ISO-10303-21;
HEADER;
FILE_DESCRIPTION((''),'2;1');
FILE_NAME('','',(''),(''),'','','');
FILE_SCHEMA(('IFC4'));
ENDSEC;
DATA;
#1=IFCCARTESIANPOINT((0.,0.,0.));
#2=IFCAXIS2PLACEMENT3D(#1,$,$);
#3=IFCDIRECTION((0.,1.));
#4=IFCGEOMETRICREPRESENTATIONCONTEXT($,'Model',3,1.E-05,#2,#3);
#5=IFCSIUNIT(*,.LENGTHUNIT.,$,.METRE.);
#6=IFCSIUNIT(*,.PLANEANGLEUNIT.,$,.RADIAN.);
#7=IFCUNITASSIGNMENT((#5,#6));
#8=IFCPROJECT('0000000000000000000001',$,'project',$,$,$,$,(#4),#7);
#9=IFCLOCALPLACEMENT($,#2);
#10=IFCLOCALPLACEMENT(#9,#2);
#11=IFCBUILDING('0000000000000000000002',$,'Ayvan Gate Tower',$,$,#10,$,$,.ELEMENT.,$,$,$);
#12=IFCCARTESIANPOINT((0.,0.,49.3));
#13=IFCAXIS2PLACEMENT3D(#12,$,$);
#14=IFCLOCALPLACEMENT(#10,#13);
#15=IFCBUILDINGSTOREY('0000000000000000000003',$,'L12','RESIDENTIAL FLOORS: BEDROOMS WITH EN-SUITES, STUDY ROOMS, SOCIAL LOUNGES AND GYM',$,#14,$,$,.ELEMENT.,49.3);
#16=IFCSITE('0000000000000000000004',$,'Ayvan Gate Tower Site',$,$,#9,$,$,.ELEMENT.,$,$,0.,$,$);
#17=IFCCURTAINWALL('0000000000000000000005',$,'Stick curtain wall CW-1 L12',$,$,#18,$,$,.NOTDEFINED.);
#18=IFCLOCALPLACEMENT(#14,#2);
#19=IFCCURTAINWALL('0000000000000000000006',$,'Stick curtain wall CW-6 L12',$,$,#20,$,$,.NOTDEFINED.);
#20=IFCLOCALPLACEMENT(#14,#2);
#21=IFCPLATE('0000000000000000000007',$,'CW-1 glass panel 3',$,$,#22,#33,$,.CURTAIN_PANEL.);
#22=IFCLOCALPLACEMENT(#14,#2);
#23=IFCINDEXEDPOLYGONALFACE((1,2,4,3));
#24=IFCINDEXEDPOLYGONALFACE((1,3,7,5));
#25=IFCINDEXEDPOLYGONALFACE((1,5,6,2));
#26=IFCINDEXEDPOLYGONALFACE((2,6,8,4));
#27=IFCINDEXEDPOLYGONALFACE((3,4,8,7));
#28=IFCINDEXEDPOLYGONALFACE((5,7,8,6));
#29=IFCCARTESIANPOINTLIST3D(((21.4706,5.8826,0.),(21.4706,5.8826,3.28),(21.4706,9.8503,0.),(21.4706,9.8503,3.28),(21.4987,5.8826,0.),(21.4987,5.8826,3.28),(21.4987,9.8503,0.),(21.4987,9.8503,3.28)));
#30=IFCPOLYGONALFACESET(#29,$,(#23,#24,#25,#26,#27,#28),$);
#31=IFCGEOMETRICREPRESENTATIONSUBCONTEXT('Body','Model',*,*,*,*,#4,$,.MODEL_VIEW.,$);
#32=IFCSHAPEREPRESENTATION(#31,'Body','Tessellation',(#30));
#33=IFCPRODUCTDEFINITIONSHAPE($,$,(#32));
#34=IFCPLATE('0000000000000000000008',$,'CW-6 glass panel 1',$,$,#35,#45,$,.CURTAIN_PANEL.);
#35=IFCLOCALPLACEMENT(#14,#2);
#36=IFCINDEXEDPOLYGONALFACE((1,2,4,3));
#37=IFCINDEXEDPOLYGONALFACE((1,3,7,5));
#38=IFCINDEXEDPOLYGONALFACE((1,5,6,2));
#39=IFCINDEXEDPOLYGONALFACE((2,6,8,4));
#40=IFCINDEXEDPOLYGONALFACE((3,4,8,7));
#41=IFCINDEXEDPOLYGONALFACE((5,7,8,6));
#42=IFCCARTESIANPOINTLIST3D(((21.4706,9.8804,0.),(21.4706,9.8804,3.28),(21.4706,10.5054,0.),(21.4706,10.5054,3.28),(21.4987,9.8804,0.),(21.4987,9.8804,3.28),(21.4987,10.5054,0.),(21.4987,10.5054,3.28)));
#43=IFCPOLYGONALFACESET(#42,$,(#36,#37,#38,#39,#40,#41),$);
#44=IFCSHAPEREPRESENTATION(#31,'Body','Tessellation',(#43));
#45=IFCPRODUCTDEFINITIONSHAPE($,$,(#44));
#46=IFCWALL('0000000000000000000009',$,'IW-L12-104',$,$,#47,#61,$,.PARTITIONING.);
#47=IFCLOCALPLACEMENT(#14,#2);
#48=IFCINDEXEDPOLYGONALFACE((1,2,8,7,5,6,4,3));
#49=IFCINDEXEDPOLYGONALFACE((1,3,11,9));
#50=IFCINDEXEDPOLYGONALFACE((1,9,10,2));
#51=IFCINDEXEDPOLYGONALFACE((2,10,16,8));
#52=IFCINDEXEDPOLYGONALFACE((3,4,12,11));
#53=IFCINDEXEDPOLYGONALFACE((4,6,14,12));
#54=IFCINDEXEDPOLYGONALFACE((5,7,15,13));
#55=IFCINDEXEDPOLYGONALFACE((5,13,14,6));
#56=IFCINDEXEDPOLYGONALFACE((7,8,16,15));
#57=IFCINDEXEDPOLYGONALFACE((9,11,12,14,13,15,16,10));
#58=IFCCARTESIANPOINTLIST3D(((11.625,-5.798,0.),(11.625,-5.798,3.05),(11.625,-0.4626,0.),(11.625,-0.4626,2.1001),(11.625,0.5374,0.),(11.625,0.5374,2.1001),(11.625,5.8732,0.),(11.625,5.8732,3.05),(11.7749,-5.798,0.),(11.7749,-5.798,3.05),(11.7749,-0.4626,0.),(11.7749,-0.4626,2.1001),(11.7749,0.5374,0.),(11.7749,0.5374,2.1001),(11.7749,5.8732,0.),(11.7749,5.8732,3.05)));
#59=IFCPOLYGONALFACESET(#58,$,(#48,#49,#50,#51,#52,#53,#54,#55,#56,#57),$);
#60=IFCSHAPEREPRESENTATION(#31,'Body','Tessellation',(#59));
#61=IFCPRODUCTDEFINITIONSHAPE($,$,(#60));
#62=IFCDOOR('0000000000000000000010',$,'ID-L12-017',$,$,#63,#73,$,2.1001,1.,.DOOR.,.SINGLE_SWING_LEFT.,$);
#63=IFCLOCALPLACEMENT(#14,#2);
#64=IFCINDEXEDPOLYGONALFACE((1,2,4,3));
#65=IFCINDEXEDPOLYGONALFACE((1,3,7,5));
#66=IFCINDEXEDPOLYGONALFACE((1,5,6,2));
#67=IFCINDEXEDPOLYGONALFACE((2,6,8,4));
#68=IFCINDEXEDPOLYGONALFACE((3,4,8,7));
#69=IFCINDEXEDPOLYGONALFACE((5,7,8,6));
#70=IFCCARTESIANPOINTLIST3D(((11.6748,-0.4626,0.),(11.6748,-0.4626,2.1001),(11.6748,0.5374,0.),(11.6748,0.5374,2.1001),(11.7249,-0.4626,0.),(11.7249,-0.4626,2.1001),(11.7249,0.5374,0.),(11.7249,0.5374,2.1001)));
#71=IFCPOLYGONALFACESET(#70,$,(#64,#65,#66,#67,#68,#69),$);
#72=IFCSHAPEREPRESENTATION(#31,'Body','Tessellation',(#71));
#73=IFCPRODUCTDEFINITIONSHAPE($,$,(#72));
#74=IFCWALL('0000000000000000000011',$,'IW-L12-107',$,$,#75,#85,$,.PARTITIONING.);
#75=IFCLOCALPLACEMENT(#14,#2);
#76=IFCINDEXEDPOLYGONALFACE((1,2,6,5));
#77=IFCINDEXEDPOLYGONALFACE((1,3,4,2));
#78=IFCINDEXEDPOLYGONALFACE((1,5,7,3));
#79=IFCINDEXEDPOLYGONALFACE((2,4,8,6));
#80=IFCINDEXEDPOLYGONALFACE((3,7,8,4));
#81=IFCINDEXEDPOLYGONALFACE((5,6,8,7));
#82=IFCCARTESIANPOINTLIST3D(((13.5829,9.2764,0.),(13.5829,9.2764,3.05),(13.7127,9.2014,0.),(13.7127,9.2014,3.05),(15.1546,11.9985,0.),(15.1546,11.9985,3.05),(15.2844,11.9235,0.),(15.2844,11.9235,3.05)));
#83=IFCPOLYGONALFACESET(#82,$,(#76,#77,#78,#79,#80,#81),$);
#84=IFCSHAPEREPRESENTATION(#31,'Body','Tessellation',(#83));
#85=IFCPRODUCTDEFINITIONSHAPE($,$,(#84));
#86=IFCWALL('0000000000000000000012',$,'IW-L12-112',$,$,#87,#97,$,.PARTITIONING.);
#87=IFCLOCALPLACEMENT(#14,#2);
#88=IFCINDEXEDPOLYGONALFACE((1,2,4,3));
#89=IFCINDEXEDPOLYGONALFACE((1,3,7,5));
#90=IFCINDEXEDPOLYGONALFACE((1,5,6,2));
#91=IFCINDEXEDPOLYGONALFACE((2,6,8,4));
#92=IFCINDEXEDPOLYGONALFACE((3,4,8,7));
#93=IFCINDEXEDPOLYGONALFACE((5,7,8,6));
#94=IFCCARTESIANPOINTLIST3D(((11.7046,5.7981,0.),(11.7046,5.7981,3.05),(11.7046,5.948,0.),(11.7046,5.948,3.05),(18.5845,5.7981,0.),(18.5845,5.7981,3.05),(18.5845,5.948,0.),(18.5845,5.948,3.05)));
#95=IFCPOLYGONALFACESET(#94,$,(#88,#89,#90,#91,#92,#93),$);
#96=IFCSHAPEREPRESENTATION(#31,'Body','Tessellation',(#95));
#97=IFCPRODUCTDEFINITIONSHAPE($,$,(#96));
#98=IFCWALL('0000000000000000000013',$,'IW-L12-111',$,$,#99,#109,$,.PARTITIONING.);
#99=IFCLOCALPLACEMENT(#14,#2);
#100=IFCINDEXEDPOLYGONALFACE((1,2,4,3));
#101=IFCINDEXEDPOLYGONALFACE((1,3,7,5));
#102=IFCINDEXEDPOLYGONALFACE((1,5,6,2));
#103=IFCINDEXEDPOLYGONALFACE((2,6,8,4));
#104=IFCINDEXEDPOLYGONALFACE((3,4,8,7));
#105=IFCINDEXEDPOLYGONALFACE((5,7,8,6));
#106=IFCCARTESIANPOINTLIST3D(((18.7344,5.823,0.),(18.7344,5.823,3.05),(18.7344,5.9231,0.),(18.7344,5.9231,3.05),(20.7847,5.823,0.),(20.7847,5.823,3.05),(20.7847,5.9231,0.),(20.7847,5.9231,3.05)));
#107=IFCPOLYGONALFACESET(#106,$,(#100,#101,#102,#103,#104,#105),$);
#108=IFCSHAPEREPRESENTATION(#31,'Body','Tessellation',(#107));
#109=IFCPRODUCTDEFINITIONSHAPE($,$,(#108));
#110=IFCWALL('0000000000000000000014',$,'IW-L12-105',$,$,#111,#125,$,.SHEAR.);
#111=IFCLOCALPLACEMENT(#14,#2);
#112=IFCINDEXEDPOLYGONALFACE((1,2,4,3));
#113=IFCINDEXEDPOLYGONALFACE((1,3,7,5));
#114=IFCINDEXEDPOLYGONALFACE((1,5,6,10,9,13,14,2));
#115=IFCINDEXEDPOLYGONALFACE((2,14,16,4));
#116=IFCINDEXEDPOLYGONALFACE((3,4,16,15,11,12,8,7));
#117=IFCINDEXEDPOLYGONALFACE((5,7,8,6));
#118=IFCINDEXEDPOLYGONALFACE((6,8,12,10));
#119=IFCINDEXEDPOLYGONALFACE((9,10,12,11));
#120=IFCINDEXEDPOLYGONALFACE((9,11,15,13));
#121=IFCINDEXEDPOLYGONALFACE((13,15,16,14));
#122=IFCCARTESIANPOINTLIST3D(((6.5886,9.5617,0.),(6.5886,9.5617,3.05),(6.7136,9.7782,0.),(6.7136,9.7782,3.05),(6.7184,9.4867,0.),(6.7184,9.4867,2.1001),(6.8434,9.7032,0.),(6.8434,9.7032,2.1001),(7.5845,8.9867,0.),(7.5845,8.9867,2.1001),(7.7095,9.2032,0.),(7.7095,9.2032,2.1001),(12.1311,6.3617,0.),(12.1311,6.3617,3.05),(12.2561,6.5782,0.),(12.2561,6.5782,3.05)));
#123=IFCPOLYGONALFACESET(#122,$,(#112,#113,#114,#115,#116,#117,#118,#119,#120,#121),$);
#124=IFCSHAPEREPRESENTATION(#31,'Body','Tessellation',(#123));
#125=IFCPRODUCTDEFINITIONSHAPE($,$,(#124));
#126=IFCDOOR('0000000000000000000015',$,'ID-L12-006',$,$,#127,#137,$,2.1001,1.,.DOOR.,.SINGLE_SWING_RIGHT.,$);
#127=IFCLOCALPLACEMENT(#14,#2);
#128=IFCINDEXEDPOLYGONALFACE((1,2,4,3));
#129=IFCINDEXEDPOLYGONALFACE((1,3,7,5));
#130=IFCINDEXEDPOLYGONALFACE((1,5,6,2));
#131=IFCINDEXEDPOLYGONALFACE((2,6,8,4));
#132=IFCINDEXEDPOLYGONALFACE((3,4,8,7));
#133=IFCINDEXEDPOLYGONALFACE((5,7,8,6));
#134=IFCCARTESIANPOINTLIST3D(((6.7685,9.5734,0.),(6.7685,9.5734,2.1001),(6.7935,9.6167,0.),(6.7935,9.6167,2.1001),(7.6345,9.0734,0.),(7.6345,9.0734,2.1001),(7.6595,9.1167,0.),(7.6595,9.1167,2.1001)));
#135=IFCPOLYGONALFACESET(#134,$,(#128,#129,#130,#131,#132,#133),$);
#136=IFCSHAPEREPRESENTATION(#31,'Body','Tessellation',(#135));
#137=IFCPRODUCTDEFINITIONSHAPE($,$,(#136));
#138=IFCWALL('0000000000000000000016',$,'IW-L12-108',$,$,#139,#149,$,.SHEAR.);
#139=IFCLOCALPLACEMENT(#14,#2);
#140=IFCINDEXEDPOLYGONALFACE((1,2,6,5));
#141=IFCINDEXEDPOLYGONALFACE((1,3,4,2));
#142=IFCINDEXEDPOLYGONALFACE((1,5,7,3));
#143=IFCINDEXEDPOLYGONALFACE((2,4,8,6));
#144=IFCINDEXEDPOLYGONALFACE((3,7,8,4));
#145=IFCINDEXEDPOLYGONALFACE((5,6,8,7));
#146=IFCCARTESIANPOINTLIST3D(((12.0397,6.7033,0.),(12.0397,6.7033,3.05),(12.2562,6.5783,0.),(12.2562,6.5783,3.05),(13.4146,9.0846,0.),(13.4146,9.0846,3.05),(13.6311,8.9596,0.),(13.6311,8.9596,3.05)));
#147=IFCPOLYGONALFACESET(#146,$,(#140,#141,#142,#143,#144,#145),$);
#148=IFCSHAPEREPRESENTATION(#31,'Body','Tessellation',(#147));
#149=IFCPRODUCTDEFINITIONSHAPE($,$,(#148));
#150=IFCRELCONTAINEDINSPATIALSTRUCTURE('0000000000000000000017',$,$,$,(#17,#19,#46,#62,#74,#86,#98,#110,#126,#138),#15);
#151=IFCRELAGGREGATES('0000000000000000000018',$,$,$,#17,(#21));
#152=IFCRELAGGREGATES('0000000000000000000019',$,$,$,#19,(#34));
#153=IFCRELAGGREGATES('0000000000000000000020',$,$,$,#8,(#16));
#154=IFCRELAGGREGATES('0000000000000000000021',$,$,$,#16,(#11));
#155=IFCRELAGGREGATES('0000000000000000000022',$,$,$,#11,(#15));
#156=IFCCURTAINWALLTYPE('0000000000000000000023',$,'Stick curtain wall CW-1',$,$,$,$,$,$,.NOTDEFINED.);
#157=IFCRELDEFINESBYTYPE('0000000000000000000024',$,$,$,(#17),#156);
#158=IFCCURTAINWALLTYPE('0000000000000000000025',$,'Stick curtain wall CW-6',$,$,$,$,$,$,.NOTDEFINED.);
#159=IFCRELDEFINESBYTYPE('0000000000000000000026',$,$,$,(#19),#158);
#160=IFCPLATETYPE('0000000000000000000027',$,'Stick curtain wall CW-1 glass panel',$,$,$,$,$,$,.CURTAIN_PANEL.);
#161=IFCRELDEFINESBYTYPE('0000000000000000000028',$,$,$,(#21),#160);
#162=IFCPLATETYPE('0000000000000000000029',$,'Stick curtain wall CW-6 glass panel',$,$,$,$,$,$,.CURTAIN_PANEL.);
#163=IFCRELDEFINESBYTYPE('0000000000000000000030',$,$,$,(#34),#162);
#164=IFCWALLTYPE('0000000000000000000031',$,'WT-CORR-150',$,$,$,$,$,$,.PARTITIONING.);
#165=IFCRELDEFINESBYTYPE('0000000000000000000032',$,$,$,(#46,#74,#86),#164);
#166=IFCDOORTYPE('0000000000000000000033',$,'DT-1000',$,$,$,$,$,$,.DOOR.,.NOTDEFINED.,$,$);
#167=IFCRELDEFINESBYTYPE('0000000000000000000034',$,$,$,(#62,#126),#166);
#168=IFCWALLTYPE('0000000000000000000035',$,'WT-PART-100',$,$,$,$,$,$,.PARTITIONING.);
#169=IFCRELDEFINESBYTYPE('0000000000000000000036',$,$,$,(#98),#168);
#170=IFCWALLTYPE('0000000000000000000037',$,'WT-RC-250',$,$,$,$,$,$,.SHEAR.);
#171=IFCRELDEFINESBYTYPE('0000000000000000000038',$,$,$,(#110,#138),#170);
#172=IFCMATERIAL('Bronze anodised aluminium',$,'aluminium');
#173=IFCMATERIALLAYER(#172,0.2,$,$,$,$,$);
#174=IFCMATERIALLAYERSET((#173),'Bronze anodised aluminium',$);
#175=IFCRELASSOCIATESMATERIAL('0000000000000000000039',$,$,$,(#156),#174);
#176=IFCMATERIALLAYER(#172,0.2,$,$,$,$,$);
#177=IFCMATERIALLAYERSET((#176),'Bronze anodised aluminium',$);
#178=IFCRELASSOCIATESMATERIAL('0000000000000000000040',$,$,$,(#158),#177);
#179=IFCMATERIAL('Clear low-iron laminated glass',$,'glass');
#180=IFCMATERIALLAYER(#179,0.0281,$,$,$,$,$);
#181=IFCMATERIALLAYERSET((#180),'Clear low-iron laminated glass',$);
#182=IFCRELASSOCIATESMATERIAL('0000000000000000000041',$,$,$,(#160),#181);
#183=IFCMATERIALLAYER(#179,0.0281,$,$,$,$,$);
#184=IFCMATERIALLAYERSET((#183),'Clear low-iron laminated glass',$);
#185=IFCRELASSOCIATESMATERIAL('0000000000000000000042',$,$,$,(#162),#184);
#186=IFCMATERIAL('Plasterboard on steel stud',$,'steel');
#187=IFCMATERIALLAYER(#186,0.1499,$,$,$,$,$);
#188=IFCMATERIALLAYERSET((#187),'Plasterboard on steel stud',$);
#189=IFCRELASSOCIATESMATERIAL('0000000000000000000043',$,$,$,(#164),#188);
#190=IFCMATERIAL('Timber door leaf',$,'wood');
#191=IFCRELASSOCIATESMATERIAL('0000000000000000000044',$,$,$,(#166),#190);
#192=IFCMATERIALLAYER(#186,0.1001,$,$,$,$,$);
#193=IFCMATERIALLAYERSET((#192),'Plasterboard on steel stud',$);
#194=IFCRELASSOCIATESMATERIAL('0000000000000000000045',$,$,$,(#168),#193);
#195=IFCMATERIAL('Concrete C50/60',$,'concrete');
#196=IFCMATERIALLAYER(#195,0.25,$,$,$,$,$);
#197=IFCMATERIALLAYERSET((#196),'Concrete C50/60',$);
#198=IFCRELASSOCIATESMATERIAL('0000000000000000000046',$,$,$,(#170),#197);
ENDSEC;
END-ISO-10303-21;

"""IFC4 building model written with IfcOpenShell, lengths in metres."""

from ifc_helpers import new_model, si_unit, direction, frame, frame_2d, origin, origin_2d, place, context, subcontext, project, spatial, rectangle, extrude, material, layer, layer_set, type_object, element, fill, aggregate, save


model = new_model("IFC4")

# Units and contexts
model_context = context("Model", 3, precision=1e-05, world=origin(), true_north=direction((0.0, 1.0)))
body_context = subcontext(model_context, "Body", "Model", "MODEL_VIEW")
ifc_project = project(units=[si_unit("LENGTHUNIT", "METRE"), si_unit("PLANEANGLEUNIT", "RADIAN")], contexts=[model_context])

# Site, building, storey
site_placement = place(None, origin())
site = spatial("IfcSite", under=ifc_project, at=site_placement, Name="Ayvan Gate Tower Site", CompositionType="ELEMENT", RefElevation=0.0)
building_placement = place(site_placement, origin())
building = spatial("IfcBuilding", under=site, at=building_placement, Name="Ayvan Gate Tower", CompositionType="ELEMENT")
storey_placement = place(building_placement, frame((0.0, 0.0, 49.3)))
storey = spatial("IfcBuildingStorey", under=building, at=storey_placement, Name="L12", Description="RESIDENTIAL FLOORS: BEDROOMS WITH EN-SUITES, STUDY ROOMS, SOCIAL LOUNGES AND GYM", CompositionType="ELEMENT", Elevation=49.3)

# Curtain walls
ifc_material_1 = material(Name="Bronze anodised aluminium", Category="aluminium")
ifc_layer_1 = layer(ifc_material_1, 0.2)
ifc_layer_set_1 = layer_set([ifc_layer_1], Name="Bronze anodised aluminium")
curtain_wall_type_1 = type_object("IfcCurtainWallType", Name="Stick curtain wall CW-1", PredefinedType="NOTDEFINED", material=ifc_layer_set_1)
curtain_wall_1_placement = place(storey_placement, origin())
curtain_wall_1 = element("IfcCurtainWall", 1, at=curtain_wall_1_placement, inside=storey, type_object=curtain_wall_type_1, Name="Stick curtain wall CW-1 L12", PredefinedType="NOTDEFINED")
ifc_layer_2 = layer(ifc_material_1, 0.2)
ifc_layer_set_2 = layer_set([ifc_layer_2], Name="Bronze anodised aluminium")
curtain_wall_type_2 = type_object("IfcCurtainWallType", Name="Stick curtain wall CW-6", PredefinedType="NOTDEFINED", material=ifc_layer_set_2)
curtain_wall_2_placement = place(storey_placement, origin())
curtain_wall_2 = element("IfcCurtainWall", 2, at=curtain_wall_2_placement, inside=storey, type_object=curtain_wall_type_2, Name="Stick curtain wall CW-6 L12", PredefinedType="NOTDEFINED")

# Plates
ifc_material_2 = material(Name="Clear low-iron laminated glass", Category="glass")
ifc_layer_3 = layer(ifc_material_2, 0.0281)
ifc_layer_set_3 = layer_set([ifc_layer_3], Name="Clear low-iron laminated glass")
plate_type_1 = type_object("IfcPlateType", Name="Stick curtain wall CW-1 glass panel", PredefinedType="CURTAIN_PANEL", material=ifc_layer_set_3)
plate_1_placement = place(storey_placement, frame((21.4846, 7.8665, 0.0), z_axis=(0.0, 0.0, 1.0), x_axis=(0.0, 1.0, 0.0)))
plate_1 = element("IfcPlate", 3, at=plate_1_placement, type_object=plate_type_1, Name="CW-1 glass panel 3", PredefinedType="CURTAIN_PANEL", context=body_context, shape_type="SweptSolid", body=[
    extrude(rectangle(XDim=3.9678, YDim=0.0281, at=origin_2d()), origin(), (0.0, 0.0, 1.0), 3.28),
])
aggregate(curtain_wall_1, [plate_1])
ifc_layer_4 = layer(ifc_material_2, 0.0281)
ifc_layer_set_4 = layer_set([ifc_layer_4], Name="Clear low-iron laminated glass")
plate_type_2 = type_object("IfcPlateType", Name="Stick curtain wall CW-6 glass panel", PredefinedType="CURTAIN_PANEL", material=ifc_layer_set_4)
plate_2_placement = place(storey_placement, frame((21.4846, 10.1929, 0.0), z_axis=(0.0, 0.0, 1.0), x_axis=(0.0, 1.0, 0.0)))
plate_2 = element("IfcPlate", 4, at=plate_2_placement, type_object=plate_type_2, Name="CW-6 glass panel 1", PredefinedType="CURTAIN_PANEL", context=body_context, shape_type="SweptSolid", body=[
    extrude(rectangle(XDim=0.625, YDim=0.0281, at=origin_2d()), origin(), (0.0, 0.0, 1.0), 3.28),
])
aggregate(curtain_wall_2, [plate_2])

# Wall, opening, door
ifc_material_3 = material(Name="Plasterboard on steel stud", Category="steel")
ifc_layer_5 = layer(ifc_material_3, 0.1499)
ifc_layer_set_5 = layer_set([ifc_layer_5], Name="Plasterboard on steel stud")
wall_type_1 = type_object("IfcWallType", Name="WT-CORR-150", PredefinedType="PARTITIONING", material=ifc_layer_set_5)
wall_1_placement = place(storey_placement, frame((11.7, 5.873, 0.0), z_axis=(0.0, 0.0, 1.0), x_axis=(0.0, -1.0, 0.0)))
wall_1 = element("IfcWall", 5, at=wall_1_placement, inside=storey, type_object=wall_type_1, Name="IW-L12-104", PredefinedType="PARTITIONING", context=body_context, shape_type="SweptSolid", body=[
    extrude(rectangle(XDim=11.6711, YDim=0.1499, at=frame_2d((5.8354, 0.0))), origin(), (0.0, 0.0, 1.0), 3.05),
])
opening_1_placement = place(wall_1_placement, frame((5.3357, 0.0, 0.0)))
opening_1 = element("IfcOpeningElement", 6, at=opening_1_placement, cuts=wall_1, PredefinedType="OPENING", context=body_context, shape_type="SweptSolid", body=[
    extrude(rectangle(XDim=1.0, YDim=2.1001, at=frame_2d((0.5, 1.05))), frame((0.0, 0.085, 0.0), z_axis=(0.0, -1.0, 0.0), x_axis=(1.0, 0.0, 0.0)), (0.0, 0.0, 1.0), 0.1699),
])
ifc_material_4 = material(Name="Timber door leaf", Category="wood")
door_type = type_object("IfcDoorType", Name="DT-1000", OperationType="NOTDEFINED", PredefinedType="DOOR", material=ifc_material_4)
door_1_placement = place(opening_1_placement, origin())
door_1 = element("IfcDoor", 7, at=door_1_placement, inside=storey, type_object=door_type, Name="ID-L12-017", OperationType="SINGLE_SWING_LEFT", OverallHeight=2.1001, OverallWidth=1.0, PredefinedType="DOOR", context=body_context, shape_type="SweptSolid", body=[
    extrude(rectangle(XDim=1.0, YDim=2.1001, at=frame_2d((0.5, 1.05))), frame((0.0, 0.0249, 0.0), z_axis=(0.0, -1.0, 0.0), x_axis=(1.0, 0.0, 0.0)), (0.0, 0.0, 1.0), 0.05),
])
fill(opening_1, door_1)

# Walls
wall_2_placement = place(storey_placement, frame((13.6477, 9.2388, 0.0), z_axis=(0.0, 0.0, 1.0), x_axis=(0.500032, 0.866007, 0.0)))
element("IfcWall", 8, at=wall_2_placement, inside=storey, type_object=wall_type_1, Name="IW-L12-107", PredefinedType="PARTITIONING", context=body_context, shape_type="SweptSolid", body=[
    extrude(rectangle(XDim=3.1433, YDim=0.1499, at=frame_2d((1.5718, 0.0))), origin(), (0.0, 0.0, 1.0), 3.05),
])
wall_3_placement = place(storey_placement, frame((18.5845, 5.873, 0.0), z_axis=(0.0, 0.0, 1.0), x_axis=(-1.0, 0.0, 0.0)))
element("IfcWall", 9, at=wall_3_placement, inside=storey, type_object=wall_type_1, Name="IW-L12-112", PredefinedType="PARTITIONING", context=body_context, shape_type="SweptSolid", body=[
    extrude(rectangle(XDim=6.8799, YDim=0.1499, at=frame_2d((3.4399, 0.0))), origin(), (0.0, 0.0, 1.0), 3.05),
])
ifc_layer_6 = layer(ifc_material_3, 0.1001)
ifc_layer_set_6 = layer_set([ifc_layer_6], Name="Plasterboard on steel stud")
wall_type_2 = type_object("IfcWallType", Name="WT-PART-100", PredefinedType="PARTITIONING", material=ifc_layer_set_6)
wall_4_placement = place(storey_placement, frame((18.7344, 5.873, 0.0), z_axis=(0.0, 0.0, 1.0), x_axis=(1.0, 0.0, 0.0)))
element("IfcWall", 10, at=wall_4_placement, inside=storey, type_object=wall_type_2, Name="IW-L12-111", PredefinedType="PARTITIONING", context=body_context, shape_type="SweptSolid", body=[
    extrude(rectangle(XDim=2.0503, YDim=0.1001, at=frame_2d((1.0251, 0.0))), origin(), (0.0, 0.0, 1.0), 3.05),
])

# Wall, opening, door
ifc_material_5 = material(Name="Concrete C50/60", Category="concrete")
ifc_layer_7 = layer(ifc_material_5, 0.25)
ifc_layer_set_7 = layer_set([ifc_layer_7], Name="Concrete C50/60")
wall_type_3 = type_object("IfcWallType", Name="WT-RC-250", PredefinedType="SHEAR", material=ifc_layer_set_7)
wall_5_placement = place(storey_placement, frame((12.1936, 6.47, 0.0), z_axis=(0.0, 0.0, 1.0), x_axis=(-0.866025, 0.5, 0.0)))
wall_5 = element("IfcWall", 11, at=wall_5_placement, inside=storey, type_object=wall_type_3, Name="IW-L12-105", PredefinedType="SHEAR", context=body_context, shape_type="SweptSolid", body=[
    extrude(rectangle(XDim=6.3999, YDim=0.25, at=frame_2d((3.2, 0.0))), origin(), (0.0, 0.0, 1.0), 3.05),
])
opening_2_placement = place(wall_5_placement, frame((5.25, 0.0, 0.0)))
opening_2 = element("IfcOpeningElement", 12, at=opening_2_placement, cuts=wall_5, PredefinedType="OPENING", context=body_context, shape_type="SweptSolid", body=[
    extrude(rectangle(XDim=1.0, YDim=2.1001, at=frame_2d((0.5, 1.05))), frame((0.0, 0.135, 0.0), z_axis=(0.0, -1.0, 0.0), x_axis=(1.0, 0.0, 0.0)), (0.0, 0.0, 1.0), 0.27),
])
door_2_placement = place(opening_2_placement, origin())
door_2 = element("IfcDoor", 13, at=door_2_placement, inside=storey, type_object=door_type, Name="ID-L12-006", OperationType="SINGLE_SWING_RIGHT", OverallHeight=2.1001, OverallWidth=1.0, PredefinedType="DOOR", context=body_context, shape_type="SweptSolid", body=[
    extrude(rectangle(XDim=1.0, YDim=2.1001, at=frame_2d((0.5, 1.05))), frame((0.0, 0.0249, 0.0), z_axis=(0.0, -1.0, 0.0), x_axis=(1.0, 0.0, 0.0)), (0.0, 0.0, 1.0), 0.05),
])
fill(opening_2, door_2)

# Wall
wall_6_placement = place(storey_placement, frame((13.5229, 9.0222, 0.0), z_axis=(0.0, 0.0, 1.0), x_axis=(-0.500035, -0.866005, 0.0)))
element("IfcWall", 14, at=wall_6_placement, inside=storey, type_object=wall_type_3, Name="IW-L12-108", PredefinedType="SHEAR", context=body_context, shape_type="SweptSolid", body=[
    extrude(rectangle(XDim=2.7498, YDim=0.25, at=frame_2d((1.375, 0.0))), origin(), (0.0, 0.0, 1.0), 3.05),
])

save(model, "model.ifc")
